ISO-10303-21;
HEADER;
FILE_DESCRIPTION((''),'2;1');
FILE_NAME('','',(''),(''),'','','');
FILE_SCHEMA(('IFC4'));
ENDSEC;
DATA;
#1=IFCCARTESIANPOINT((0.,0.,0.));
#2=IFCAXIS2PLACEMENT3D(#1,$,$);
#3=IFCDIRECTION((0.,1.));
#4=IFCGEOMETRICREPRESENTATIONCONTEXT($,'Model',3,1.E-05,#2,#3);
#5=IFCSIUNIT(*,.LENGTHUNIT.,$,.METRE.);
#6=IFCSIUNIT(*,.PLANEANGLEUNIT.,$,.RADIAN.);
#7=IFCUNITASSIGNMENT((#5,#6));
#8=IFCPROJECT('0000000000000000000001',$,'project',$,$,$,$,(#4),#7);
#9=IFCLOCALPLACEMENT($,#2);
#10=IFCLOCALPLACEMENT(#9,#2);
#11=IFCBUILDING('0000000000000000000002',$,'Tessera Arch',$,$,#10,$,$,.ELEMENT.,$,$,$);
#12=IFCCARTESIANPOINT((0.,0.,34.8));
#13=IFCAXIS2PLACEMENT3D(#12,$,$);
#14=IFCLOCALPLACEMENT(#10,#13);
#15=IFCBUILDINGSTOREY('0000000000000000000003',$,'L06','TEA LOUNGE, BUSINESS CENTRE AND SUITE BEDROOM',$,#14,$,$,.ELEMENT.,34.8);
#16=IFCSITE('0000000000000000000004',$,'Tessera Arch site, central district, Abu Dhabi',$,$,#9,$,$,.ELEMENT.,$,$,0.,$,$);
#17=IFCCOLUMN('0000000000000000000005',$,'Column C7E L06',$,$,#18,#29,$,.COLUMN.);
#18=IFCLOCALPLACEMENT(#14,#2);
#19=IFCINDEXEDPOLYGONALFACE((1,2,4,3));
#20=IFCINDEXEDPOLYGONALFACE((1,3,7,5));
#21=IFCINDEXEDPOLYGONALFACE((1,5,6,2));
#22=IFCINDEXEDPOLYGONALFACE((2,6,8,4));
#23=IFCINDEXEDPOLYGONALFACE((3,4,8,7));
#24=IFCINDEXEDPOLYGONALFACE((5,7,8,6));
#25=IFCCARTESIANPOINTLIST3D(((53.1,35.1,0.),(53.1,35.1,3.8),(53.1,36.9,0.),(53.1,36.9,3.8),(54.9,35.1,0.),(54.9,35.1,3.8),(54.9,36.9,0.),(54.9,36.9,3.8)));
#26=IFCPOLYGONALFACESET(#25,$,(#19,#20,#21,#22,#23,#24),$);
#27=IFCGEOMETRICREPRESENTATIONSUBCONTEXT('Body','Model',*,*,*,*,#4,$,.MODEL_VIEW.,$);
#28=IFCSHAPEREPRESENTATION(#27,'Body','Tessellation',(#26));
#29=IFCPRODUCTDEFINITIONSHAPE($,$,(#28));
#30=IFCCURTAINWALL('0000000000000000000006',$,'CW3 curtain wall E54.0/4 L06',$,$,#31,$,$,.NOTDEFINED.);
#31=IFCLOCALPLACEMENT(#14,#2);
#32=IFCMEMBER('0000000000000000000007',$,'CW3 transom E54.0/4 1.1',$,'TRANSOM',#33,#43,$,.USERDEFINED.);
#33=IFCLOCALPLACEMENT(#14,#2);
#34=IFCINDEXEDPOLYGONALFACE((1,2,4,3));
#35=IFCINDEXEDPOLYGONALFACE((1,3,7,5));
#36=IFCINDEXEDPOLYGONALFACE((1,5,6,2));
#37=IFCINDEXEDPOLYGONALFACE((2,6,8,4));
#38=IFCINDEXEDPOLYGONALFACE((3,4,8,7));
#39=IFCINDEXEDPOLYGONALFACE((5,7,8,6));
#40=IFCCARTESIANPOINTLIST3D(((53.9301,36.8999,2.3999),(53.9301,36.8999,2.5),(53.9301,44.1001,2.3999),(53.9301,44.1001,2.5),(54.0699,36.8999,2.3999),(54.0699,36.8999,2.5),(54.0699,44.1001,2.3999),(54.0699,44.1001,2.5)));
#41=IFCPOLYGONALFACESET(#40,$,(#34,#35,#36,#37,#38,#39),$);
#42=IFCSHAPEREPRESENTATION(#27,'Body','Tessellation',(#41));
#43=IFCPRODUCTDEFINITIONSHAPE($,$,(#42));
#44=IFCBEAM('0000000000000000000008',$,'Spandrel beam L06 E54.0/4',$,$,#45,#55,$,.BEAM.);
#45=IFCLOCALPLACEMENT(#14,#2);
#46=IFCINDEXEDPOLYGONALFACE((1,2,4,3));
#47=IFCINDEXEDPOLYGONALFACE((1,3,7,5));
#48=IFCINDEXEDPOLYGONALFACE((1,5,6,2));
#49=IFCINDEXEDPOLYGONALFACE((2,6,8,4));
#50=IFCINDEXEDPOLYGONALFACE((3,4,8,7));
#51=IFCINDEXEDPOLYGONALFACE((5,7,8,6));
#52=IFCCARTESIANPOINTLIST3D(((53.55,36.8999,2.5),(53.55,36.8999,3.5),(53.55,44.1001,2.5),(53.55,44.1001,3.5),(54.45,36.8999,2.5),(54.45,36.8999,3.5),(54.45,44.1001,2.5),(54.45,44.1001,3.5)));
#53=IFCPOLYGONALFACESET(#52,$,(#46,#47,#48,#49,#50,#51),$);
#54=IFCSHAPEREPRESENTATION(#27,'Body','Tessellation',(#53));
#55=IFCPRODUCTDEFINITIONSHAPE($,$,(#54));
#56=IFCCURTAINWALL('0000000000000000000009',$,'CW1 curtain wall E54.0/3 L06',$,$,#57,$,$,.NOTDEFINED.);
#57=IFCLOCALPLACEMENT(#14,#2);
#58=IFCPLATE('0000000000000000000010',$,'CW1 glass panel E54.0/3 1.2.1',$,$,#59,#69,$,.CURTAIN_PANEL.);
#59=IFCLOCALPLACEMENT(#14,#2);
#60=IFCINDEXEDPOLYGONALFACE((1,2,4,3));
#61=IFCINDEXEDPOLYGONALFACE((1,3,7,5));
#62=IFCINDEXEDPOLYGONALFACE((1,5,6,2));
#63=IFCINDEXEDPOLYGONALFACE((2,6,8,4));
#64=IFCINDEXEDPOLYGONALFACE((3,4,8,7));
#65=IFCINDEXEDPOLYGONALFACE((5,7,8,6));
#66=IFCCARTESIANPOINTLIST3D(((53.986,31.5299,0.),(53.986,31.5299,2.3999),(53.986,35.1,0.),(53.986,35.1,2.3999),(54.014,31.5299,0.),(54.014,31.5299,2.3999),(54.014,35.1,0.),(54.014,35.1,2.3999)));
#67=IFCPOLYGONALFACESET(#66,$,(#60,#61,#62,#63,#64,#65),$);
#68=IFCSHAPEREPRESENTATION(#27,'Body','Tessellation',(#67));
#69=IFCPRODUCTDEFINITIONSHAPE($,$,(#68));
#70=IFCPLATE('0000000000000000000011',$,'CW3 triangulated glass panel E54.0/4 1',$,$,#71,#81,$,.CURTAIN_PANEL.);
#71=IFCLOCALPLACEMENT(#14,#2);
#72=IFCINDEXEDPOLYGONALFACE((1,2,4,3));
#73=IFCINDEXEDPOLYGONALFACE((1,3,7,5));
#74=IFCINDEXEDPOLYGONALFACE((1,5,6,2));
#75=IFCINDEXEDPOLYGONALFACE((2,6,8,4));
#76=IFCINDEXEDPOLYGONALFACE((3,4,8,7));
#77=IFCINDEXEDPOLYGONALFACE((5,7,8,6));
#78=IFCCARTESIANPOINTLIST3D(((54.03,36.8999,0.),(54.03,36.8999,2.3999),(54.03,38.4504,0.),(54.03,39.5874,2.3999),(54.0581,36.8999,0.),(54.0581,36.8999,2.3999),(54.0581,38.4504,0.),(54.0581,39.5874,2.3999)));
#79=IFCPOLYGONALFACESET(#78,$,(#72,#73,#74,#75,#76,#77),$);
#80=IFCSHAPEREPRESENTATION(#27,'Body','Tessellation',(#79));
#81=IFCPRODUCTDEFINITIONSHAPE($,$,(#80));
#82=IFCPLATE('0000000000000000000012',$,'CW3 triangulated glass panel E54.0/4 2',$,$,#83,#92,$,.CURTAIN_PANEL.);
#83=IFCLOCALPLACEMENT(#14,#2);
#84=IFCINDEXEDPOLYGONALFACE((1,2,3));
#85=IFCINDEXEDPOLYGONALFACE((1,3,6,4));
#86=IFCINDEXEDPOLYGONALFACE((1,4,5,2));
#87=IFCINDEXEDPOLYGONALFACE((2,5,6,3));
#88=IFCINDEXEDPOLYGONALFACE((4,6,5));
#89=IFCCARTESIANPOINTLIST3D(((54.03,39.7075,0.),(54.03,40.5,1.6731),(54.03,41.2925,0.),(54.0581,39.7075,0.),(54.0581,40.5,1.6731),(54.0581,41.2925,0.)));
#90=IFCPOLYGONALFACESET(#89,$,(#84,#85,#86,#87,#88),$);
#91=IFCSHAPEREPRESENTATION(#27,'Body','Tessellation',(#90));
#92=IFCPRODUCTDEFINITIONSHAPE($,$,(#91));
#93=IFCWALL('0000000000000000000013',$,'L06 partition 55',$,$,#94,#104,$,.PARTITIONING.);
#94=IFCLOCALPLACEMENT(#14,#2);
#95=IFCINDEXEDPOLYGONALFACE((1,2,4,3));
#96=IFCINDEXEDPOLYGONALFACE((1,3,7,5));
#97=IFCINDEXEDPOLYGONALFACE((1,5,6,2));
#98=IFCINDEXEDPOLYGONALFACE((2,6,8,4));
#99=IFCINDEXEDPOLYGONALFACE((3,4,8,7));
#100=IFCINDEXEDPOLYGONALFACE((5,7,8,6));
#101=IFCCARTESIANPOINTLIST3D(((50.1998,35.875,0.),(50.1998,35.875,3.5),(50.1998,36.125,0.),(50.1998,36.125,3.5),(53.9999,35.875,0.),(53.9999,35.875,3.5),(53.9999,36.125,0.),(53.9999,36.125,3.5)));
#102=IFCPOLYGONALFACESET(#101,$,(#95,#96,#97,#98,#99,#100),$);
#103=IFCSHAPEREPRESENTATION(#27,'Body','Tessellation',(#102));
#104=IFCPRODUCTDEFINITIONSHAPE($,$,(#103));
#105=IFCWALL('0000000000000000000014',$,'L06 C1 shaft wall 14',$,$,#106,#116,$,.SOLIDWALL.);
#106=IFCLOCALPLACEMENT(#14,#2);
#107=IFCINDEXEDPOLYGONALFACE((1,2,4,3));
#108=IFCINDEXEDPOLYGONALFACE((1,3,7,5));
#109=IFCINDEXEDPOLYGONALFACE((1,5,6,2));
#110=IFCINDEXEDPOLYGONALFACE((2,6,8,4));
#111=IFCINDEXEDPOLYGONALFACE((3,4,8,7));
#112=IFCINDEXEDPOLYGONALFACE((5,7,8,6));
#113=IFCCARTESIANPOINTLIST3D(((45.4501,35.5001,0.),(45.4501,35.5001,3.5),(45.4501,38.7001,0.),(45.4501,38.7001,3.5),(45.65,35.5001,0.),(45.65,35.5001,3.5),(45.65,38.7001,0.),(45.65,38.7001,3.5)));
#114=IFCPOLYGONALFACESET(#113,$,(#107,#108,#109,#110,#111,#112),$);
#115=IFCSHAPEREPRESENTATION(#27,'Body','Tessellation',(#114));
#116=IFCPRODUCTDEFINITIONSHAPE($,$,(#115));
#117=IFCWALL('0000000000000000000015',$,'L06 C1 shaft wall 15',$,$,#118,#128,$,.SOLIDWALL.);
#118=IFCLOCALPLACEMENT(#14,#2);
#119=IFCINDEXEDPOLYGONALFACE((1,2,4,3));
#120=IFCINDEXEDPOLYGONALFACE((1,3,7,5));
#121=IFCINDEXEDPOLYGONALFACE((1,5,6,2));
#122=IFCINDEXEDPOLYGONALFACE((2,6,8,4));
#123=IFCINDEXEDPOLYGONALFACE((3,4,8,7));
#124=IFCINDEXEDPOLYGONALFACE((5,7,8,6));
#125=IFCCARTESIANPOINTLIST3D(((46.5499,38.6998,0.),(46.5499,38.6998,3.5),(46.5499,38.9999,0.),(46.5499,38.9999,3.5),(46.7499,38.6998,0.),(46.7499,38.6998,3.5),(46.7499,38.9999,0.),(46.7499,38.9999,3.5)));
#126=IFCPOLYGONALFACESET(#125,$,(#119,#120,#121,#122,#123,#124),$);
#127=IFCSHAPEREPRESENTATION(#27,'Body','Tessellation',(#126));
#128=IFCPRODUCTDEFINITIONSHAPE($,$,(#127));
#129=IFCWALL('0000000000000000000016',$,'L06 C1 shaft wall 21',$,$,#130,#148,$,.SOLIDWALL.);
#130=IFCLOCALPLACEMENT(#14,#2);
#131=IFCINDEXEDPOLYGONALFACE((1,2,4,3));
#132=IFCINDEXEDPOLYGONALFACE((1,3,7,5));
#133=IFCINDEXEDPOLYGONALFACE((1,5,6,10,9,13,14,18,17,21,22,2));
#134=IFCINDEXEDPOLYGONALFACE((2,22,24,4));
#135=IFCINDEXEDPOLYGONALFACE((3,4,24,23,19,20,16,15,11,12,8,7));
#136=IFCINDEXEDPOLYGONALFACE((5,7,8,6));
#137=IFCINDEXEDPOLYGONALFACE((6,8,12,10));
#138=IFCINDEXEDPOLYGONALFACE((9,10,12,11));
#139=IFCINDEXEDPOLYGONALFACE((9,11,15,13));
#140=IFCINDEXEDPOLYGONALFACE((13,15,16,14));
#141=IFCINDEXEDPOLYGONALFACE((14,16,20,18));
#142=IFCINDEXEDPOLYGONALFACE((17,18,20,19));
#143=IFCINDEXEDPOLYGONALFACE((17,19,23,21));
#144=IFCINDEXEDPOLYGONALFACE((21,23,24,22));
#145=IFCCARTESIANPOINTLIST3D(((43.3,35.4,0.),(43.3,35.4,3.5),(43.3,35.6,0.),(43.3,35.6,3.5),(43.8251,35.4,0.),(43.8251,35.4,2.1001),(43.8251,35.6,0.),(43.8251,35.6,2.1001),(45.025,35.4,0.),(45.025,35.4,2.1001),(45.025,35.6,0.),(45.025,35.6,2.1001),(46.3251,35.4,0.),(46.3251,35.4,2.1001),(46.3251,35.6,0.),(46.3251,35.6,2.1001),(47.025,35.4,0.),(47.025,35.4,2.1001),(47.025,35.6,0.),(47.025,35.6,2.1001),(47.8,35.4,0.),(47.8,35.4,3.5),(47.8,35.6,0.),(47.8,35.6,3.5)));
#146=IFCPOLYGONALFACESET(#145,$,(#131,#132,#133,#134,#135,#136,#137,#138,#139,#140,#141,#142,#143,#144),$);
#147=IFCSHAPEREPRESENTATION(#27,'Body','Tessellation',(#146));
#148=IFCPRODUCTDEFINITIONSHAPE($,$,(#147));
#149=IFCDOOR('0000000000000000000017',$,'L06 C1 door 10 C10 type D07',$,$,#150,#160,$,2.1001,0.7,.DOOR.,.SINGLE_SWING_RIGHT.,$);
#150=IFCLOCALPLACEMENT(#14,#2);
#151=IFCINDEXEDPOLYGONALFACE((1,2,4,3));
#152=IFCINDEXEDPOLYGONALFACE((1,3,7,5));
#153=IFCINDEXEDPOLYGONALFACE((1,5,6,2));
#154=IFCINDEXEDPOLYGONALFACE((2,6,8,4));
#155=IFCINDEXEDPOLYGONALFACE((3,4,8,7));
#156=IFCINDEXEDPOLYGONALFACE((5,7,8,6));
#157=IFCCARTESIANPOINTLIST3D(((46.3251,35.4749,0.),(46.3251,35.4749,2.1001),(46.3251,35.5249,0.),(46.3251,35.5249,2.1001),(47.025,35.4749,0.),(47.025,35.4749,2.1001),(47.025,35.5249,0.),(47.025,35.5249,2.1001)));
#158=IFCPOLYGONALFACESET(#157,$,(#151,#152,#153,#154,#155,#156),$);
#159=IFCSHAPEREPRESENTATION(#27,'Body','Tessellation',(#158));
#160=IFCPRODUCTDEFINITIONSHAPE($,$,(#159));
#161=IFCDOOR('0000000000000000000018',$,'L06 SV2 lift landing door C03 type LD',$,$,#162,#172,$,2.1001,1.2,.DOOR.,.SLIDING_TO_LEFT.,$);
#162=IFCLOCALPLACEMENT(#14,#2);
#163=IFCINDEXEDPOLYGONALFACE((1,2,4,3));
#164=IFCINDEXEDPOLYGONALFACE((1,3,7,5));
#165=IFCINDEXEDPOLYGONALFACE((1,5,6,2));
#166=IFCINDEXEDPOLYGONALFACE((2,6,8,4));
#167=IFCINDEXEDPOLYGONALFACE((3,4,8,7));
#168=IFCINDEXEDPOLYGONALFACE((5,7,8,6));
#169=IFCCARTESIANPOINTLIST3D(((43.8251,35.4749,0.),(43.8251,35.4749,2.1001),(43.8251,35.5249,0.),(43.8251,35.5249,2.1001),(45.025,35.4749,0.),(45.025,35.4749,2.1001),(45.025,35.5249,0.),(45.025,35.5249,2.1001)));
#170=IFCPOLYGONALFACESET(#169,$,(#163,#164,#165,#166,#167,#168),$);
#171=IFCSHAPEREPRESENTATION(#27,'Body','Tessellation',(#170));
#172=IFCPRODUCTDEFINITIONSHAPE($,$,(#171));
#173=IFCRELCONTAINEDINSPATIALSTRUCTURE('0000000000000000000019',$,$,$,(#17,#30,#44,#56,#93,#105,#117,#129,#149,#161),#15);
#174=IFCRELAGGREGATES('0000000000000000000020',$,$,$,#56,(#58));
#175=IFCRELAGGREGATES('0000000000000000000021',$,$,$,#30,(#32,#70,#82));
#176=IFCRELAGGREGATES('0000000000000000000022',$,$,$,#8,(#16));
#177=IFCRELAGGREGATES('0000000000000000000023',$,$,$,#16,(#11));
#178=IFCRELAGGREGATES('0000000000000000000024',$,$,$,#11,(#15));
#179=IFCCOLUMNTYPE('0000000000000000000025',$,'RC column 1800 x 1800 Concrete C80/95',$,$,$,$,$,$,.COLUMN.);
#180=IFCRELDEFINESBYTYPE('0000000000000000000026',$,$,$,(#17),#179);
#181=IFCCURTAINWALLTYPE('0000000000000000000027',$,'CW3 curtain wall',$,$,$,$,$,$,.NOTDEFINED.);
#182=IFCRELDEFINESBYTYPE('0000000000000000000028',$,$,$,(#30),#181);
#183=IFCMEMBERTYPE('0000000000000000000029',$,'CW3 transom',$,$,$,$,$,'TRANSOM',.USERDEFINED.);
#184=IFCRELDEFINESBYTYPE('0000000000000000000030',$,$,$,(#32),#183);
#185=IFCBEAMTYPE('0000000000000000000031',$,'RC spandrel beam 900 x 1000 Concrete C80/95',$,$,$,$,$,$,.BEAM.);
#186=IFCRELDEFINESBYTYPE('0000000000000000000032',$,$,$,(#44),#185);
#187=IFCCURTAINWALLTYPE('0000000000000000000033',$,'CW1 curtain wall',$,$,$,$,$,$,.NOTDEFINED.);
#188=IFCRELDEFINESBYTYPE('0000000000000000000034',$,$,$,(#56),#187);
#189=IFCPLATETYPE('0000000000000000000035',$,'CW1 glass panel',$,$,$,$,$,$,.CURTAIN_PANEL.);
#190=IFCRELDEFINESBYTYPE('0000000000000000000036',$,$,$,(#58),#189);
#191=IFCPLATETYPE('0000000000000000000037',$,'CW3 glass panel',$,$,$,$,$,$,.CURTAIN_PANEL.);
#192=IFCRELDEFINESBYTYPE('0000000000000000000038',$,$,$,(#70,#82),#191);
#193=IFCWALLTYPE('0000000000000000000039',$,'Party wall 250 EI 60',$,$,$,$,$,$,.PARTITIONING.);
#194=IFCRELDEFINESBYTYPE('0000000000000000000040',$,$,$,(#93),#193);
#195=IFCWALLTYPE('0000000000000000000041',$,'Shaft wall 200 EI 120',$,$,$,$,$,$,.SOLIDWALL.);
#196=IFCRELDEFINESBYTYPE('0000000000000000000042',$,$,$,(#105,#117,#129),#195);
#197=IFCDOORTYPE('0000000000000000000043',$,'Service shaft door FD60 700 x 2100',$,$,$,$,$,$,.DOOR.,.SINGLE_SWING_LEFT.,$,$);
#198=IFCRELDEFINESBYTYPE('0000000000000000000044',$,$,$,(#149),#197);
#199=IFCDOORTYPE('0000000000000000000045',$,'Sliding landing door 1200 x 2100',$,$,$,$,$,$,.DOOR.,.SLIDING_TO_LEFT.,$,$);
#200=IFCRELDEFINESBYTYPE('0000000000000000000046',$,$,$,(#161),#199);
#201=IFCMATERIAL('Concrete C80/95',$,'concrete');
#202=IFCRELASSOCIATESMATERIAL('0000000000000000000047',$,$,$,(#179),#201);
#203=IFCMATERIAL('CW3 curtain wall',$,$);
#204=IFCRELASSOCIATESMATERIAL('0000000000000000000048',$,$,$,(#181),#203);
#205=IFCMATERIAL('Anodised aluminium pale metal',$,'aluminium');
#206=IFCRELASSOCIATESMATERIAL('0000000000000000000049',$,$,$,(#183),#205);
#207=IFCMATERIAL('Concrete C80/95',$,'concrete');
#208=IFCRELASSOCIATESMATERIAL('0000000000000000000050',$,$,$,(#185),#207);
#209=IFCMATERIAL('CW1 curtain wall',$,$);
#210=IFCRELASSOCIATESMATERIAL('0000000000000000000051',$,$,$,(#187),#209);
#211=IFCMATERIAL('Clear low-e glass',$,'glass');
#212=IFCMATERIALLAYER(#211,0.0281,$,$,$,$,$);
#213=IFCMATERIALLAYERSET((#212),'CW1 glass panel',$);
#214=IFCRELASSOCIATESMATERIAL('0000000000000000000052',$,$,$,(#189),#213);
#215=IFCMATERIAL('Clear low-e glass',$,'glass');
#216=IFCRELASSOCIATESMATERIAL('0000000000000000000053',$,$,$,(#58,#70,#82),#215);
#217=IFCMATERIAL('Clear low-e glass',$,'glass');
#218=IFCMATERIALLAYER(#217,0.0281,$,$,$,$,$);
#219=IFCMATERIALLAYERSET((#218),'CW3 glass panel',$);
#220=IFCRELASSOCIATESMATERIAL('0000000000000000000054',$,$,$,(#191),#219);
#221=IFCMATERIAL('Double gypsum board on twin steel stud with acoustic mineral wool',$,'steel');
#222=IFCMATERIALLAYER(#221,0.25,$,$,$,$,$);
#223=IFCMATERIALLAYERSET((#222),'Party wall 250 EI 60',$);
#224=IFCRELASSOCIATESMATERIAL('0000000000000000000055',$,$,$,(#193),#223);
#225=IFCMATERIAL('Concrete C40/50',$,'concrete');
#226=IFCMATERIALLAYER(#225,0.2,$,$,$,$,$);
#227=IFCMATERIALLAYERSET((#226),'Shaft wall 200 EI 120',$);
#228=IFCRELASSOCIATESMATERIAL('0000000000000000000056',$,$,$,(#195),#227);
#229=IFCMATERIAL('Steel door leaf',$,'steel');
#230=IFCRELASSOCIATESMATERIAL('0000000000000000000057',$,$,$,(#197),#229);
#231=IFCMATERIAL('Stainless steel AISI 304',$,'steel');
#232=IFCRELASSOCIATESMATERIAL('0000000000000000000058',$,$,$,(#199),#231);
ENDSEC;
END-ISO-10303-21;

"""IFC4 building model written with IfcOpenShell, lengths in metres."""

from ifc_helpers import new_model, si_unit, direction, frame, frame_2d, origin, origin_2d, place, context, subcontext, project, spatial, polyline, rectangle, outline, extrude, material, layer, layer_set, material_profile, profile_set, type_object, element, fill, aggregate, save


model = new_model("IFC4")

# Units and contexts
model_context = context("Model", 3, precision=1e-05, world=origin(), true_north=direction((0.0, 1.0)))
body_context = subcontext(model_context, "Body", "Model", "MODEL_VIEW")
ifc_project = project(units=[si_unit("LENGTHUNIT", "METRE"), si_unit("PLANEANGLEUNIT", "RADIAN")], contexts=[model_context])

# Site, building, storey
site_placement = place(None, origin())
site = spatial("IfcSite", under=ifc_project, at=site_placement, Name="Tessera Arch site, central district, Abu Dhabi", CompositionType="ELEMENT", RefElevation=0.0)
building_placement = place(site_placement, origin())
building = spatial("IfcBuilding", under=site, at=building_placement, Name="Tessera Arch", CompositionType="ELEMENT")
storey_placement = place(building_placement, frame((0.0, 0.0, 34.8)))
storey = spatial("IfcBuildingStorey", under=building, at=storey_placement, Name="L06", Description="TEA LOUNGE, BUSINESS CENTRE AND SUITE BEDROOM", CompositionType="ELEMENT", Elevation=34.8)

# Column
ifc_material_1 = material(Name="Concrete C80/95", Category="concrete")
ifc_material_profile_1 = material_profile(ifc_material_1, rectangle(XDim=1.8, YDim=1.8, at=origin_2d()), Name="RC column 1800 x 1800 Concrete C80/95")
ifc_profile_set_1 = profile_set([ifc_material_profile_1], Name="Concrete C80/95")
column_type = type_object("IfcColumnType", Name="RC column 1800 x 1800 Concrete C80/95", PredefinedType="COLUMN", material=ifc_profile_set_1)
column_placement = place(storey_placement, frame((54.0, 36.0, 0.0), z_axis=(0.0, 0.0, 1.0), x_axis=(1.0, 0.0, 0.0)))
element("IfcColumn", 1, at=column_placement, inside=storey, type_object=column_type, Name="Column C7E L06", PredefinedType="COLUMN", context=body_context, shape_type="SweptSolid", body=[
    extrude(rectangle(XDim=1.8, YDim=1.8, at=origin_2d()), origin(), (0.0, 0.0, 1.0), 3.8),
])

# Curtain wall, member
ifc_material_2 = material(Name="CW3 curtain wall")
curtain_wall_type_1 = type_object("IfcCurtainWallType", Name="CW3 curtain wall", PredefinedType="NOTDEFINED", material=ifc_material_2)
curtain_wall_1_placement = place(storey_placement, origin())
curtain_wall_1 = element("IfcCurtainWall", 2, at=curtain_wall_1_placement, inside=storey, type_object=curtain_wall_type_1, Name="CW3 curtain wall E54.0/4 L06", PredefinedType="NOTDEFINED")
ifc_material_3 = material(Name="Anodised aluminium pale metal", Category="aluminium")
ifc_material_profile_2 = material_profile(ifc_material_3, rectangle(XDim=0.1399, YDim=0.1001, at=origin_2d()), Name="AL 140x100")
ifc_profile_set_2 = profile_set([ifc_material_profile_2], Name="Anodised aluminium pale metal")
member_type = type_object("IfcMemberType", Name="CW3 transom", ElementType="TRANSOM", PredefinedType="USERDEFINED", material=ifc_profile_set_2)
member_placement = place(storey_placement, frame((54.0, 36.8999, 2.45), z_axis=(0.0, 1.0, 0.0), x_axis=(-1.0, 0.0, 0.0)))
member = element("IfcMember", 3, at=member_placement, type_object=member_type, Name="CW3 transom E54.0/4 1.1", ObjectType="TRANSOM", PredefinedType="USERDEFINED", context=body_context, shape_type="SweptSolid", body=[
    extrude(rectangle(XDim=0.1399, YDim=0.1001, at=origin_2d()), origin(), (0.0, 0.0, 1.0), 7.2002),
])

# Beam
ifc_material_4 = material(Name="Concrete C80/95", Category="concrete")
ifc_material_profile_3 = material_profile(ifc_material_4, rectangle(XDim=0.8999, YDim=1.0, at=origin_2d()), Name="RC spandrel beam 900 x 1000 Concrete C80/95")
ifc_profile_set_3 = profile_set([ifc_material_profile_3], Name="Concrete C80/95")
beam_type = type_object("IfcBeamType", Name="RC spandrel beam 900 x 1000 Concrete C80/95", PredefinedType="BEAM", material=ifc_profile_set_3)
beam_placement = place(storey_placement, frame((54.0, 36.8999, 3.0), z_axis=(0.0, 1.0, 0.0), x_axis=(-1.0, 0.0, 0.0)))
element("IfcBeam", 4, at=beam_placement, inside=storey, type_object=beam_type, Name="Spandrel beam L06 E54.0/4", PredefinedType="BEAM", context=body_context, shape_type="SweptSolid", body=[
    extrude(rectangle(XDim=0.8999, YDim=1.0, at=origin_2d()), origin(), (0.0, 0.0, 1.0), 7.2002),
])

# Curtain wall, plate
ifc_material_5 = material(Name="CW1 curtain wall")
curtain_wall_type_2 = type_object("IfcCurtainWallType", Name="CW1 curtain wall", PredefinedType="NOTDEFINED", material=ifc_material_5)
curtain_wall_2_placement = place(storey_placement, origin())
curtain_wall_2 = element("IfcCurtainWall", 5, at=curtain_wall_2_placement, inside=storey, type_object=curtain_wall_type_2, Name="CW1 curtain wall E54.0/3 L06", PredefinedType="NOTDEFINED")
ifc_material_6 = material(Name="Clear low-e glass", Category="glass")
ifc_material_7 = material(Name="Clear low-e glass", Category="glass")
ifc_layer_1 = layer(ifc_material_7, 0.0281)
ifc_layer_set_1 = layer_set([ifc_layer_1], Name="CW1 glass panel")
plate_type_1 = type_object("IfcPlateType", Name="CW1 glass panel", PredefinedType="CURTAIN_PANEL", material=ifc_layer_set_1)
plate_1_placement = place(storey_placement, frame((54.0, 33.3149, 0.0), z_axis=(0.0, 0.0, 1.0), x_axis=(0.0, 1.0, 0.0)))
plate_1 = element("IfcPlate", 6, at=plate_1_placement, type_object=plate_type_1, material=ifc_material_6, Name="CW1 glass panel E54.0/3 1.2.1", PredefinedType="CURTAIN_PANEL", context=body_context, shape_type="SweptSolid", body=[
    extrude(rectangle(XDim=3.5701, YDim=0.0281, at=origin_2d()), origin(), (0.0, 0.0, 1.0), 2.3999),
])
aggregate(curtain_wall_2, [plate_1])

# Plates
ifc_material_8 = material(Name="Clear low-e glass", Category="glass")
ifc_layer_2 = layer(ifc_material_8, 0.0281)
ifc_layer_set_2 = layer_set([ifc_layer_2], Name="CW3 glass panel")
plate_type_2 = type_object("IfcPlateType", Name="CW3 glass panel", PredefinedType="CURTAIN_PANEL", material=ifc_layer_set_2)
plate_2_placement = place(storey_placement, frame((54.0581, 36.8999, 0.0), z_axis=(1.0, 0.0, 0.0), x_axis=(0.0, 1.0, 0.0)))
plate_2 = element("IfcPlate", 7, at=plate_2_placement, type_object=plate_type_2, material=ifc_material_6, Name="CW3 triangulated glass panel E54.0/4 1", PredefinedType="CURTAIN_PANEL", context=body_context, shape_type="SweptSolid", body=[
    extrude(outline(polyline([(0.0, 0.0), (1.5505, 0.0), (2.6875, 2.3999), (0.0, 2.3999), (0.0, 0.0)])), origin(), (0.0, 0.0, -1.0), 0.0281),
])
plate_3_placement = place(storey_placement, frame((54.0581, 39.7075, 0.0), z_axis=(1.0, 0.0, 0.0), x_axis=(0.0, 1.0, 0.0)))
plate_3 = element("IfcPlate", 8, at=plate_3_placement, type_object=plate_type_2, material=ifc_material_6, Name="CW3 triangulated glass panel E54.0/4 2", PredefinedType="CURTAIN_PANEL", context=body_context, shape_type="SweptSolid", body=[
    extrude(outline(polyline([(0.0, 0.0), (1.585, 0.0), (0.7925, 1.6731), (0.0, 0.0)])), origin(), (0.0, 0.0, -1.0), 0.0281),
])
aggregate(curtain_wall_1, [member, plate_2, plate_3])

# Walls
ifc_material_9 = material(Name="Double gypsum board on twin steel stud with acoustic mineral wool", Category="steel")
ifc_layer_3 = layer(ifc_material_9, 0.25)
ifc_layer_set_3 = layer_set([ifc_layer_3], Name="Party wall 250 EI 60")
wall_type_1 = type_object("IfcWallType", Name="Party wall 250 EI 60", PredefinedType="PARTITIONING", material=ifc_layer_set_3)
wall_1_placement = place(storey_placement, frame((50.2, 36.0, 0.0), z_axis=(0.0, 0.0, 1.0), x_axis=(1.0, 0.0, 0.0)))
element("IfcWall", 9, at=wall_1_placement, inside=storey, type_object=wall_type_1, Name="L06 partition 55", PredefinedType="PARTITIONING", context=body_context, shape_type="SweptSolid", body=[
    extrude(rectangle(XDim=3.8, YDim=0.25, at=frame_2d((1.8999, 0.0))), origin(), (0.0, 0.0, 1.0), 3.5),
])
ifc_material_10 = material(Name="Concrete C40/50", Category="concrete")
ifc_layer_4 = layer(ifc_material_10, 0.2)
ifc_layer_set_4 = layer_set([ifc_layer_4], Name="Shaft wall 200 EI 120")
wall_type_2 = type_object("IfcWallType", Name="Shaft wall 200 EI 120", PredefinedType="SOLIDWALL", material=ifc_layer_set_4)
wall_2_placement = place(storey_placement, frame((45.55, 35.5, 0.0), z_axis=(0.0, 0.0, 1.0), x_axis=(0.0, 1.0, 0.0)))
element("IfcWall", 10, at=wall_2_placement, inside=storey, type_object=wall_type_2, Name="L06 C1 shaft wall 14", PredefinedType="SOLIDWALL", context=body_context, shape_type="SweptSolid", body=[
    extrude(rectangle(XDim=3.2, YDim=0.2, at=frame_2d((1.6001, 0.0))), origin(), (0.0, 0.0, 1.0), 3.5),
])
wall_3_placement = place(storey_placement, frame((46.6499, 38.7, 0.0), z_axis=(0.0, 0.0, 1.0), x_axis=(0.0, 1.0, 0.0)))
element("IfcWall", 11, at=wall_3_placement, inside=storey, type_object=wall_type_2, Name="L06 C1 shaft wall 15", PredefinedType="SOLIDWALL", context=body_context, shape_type="SweptSolid", body=[
    extrude(rectangle(XDim=0.3, YDim=0.2, at=frame_2d((0.1499, 0.0))), origin(), (0.0, 0.0, 1.0), 3.5),
])

# Wall, openings, doors
wall_4_placement = place(storey_placement, frame((43.3, 35.5, 0.0), z_axis=(0.0, 0.0, 1.0), x_axis=(1.0, 0.0, 0.0)))
wall_4 = element("IfcWall", 12, at=wall_4_placement, inside=storey, type_object=wall_type_2, Name="L06 C1 shaft wall 21", PredefinedType="SOLIDWALL", context=body_context, shape_type="SweptSolid", body=[
    extrude(rectangle(XDim=4.5, YDim=0.2, at=frame_2d((2.25, 0.0))), origin(), (0.0, 0.0, 1.0), 3.5),
])
opening_1_placement = place(wall_4_placement, frame((0.5249, 0.0, 0.0)))
opening_1 = element("IfcOpeningElement", 13, at=opening_1_placement, cuts=wall_4, PredefinedType="OPENING", context=body_context, shape_type="SweptSolid", body=[
    extrude(rectangle(XDim=1.2, YDim=2.1001, at=frame_2d((0.6001, 1.05))), frame((0.0, 0.1099, 0.0), z_axis=(0.0, -1.0, 0.0), x_axis=(1.0, 0.0, 0.0)), (0.0, 0.0, 1.0), 0.22),
])
opening_2_placement = place(wall_4_placement, frame((3.0249, 0.0, 0.0)))
opening_2 = element("IfcOpeningElement", 14, at=opening_2_placement, cuts=wall_4, PredefinedType="OPENING", context=body_context, shape_type="SweptSolid", body=[
    extrude(rectangle(XDim=0.7, YDim=2.1001, at=frame_2d((0.3501, 1.05))), frame((0.0, 0.1099, 0.0), z_axis=(0.0, -1.0, 0.0), x_axis=(1.0, 0.0, 0.0)), (0.0, 0.0, 1.0), 0.22),
])
ifc_material_11 = material(Name="Steel door leaf", Category="steel")
door_type_1 = type_object("IfcDoorType", Name="Service shaft door FD60 700 x 2100", OperationType="SINGLE_SWING_LEFT", PredefinedType="DOOR", material=ifc_material_11)
door_1_placement = place(opening_2_placement, origin())
door_1 = element("IfcDoor", 15, at=door_1_placement, inside=storey, type_object=door_type_1, Name="L06 C1 door 10 C10 type D07", OperationType="SINGLE_SWING_RIGHT", OverallHeight=2.1001, OverallWidth=0.7, PredefinedType="DOOR", context=body_context, shape_type="SweptSolid", body=[
    extrude(rectangle(XDim=0.7, YDim=2.1001, at=frame_2d((0.3501, 1.05))), frame((0.0, 0.0249, 0.0), z_axis=(0.0, -1.0, 0.0), x_axis=(1.0, 0.0, 0.0)), (0.0, 0.0, 1.0), 0.05),
])
fill(opening_2, door_1)
ifc_material_12 = material(Name="Stainless steel AISI 304", Category="steel")
door_type_2 = type_object("IfcDoorType", Name="Sliding landing door 1200 x 2100", OperationType="SLIDING_TO_LEFT", PredefinedType="DOOR", material=ifc_material_12)
door_2_placement = place(opening_1_placement, origin())
door_2 = element("IfcDoor", 16, at=door_2_placement, inside=storey, type_object=door_type_2, Name="L06 SV2 lift landing door C03 type LD", OperationType="SLIDING_TO_LEFT", OverallHeight=2.1001, OverallWidth=1.2, PredefinedType="DOOR", context=body_context, shape_type="SweptSolid", body=[
    extrude(rectangle(XDim=1.2, YDim=2.1001, at=frame_2d((0.6001, 1.05))), frame((0.0, 0.0249, 0.0), z_axis=(0.0, -1.0, 0.0), x_axis=(1.0, 0.0, 0.0)), (0.0, 0.0, 1.0), 0.05),
])
fill(opening_1, door_2)

save(model, "model.ifc")
